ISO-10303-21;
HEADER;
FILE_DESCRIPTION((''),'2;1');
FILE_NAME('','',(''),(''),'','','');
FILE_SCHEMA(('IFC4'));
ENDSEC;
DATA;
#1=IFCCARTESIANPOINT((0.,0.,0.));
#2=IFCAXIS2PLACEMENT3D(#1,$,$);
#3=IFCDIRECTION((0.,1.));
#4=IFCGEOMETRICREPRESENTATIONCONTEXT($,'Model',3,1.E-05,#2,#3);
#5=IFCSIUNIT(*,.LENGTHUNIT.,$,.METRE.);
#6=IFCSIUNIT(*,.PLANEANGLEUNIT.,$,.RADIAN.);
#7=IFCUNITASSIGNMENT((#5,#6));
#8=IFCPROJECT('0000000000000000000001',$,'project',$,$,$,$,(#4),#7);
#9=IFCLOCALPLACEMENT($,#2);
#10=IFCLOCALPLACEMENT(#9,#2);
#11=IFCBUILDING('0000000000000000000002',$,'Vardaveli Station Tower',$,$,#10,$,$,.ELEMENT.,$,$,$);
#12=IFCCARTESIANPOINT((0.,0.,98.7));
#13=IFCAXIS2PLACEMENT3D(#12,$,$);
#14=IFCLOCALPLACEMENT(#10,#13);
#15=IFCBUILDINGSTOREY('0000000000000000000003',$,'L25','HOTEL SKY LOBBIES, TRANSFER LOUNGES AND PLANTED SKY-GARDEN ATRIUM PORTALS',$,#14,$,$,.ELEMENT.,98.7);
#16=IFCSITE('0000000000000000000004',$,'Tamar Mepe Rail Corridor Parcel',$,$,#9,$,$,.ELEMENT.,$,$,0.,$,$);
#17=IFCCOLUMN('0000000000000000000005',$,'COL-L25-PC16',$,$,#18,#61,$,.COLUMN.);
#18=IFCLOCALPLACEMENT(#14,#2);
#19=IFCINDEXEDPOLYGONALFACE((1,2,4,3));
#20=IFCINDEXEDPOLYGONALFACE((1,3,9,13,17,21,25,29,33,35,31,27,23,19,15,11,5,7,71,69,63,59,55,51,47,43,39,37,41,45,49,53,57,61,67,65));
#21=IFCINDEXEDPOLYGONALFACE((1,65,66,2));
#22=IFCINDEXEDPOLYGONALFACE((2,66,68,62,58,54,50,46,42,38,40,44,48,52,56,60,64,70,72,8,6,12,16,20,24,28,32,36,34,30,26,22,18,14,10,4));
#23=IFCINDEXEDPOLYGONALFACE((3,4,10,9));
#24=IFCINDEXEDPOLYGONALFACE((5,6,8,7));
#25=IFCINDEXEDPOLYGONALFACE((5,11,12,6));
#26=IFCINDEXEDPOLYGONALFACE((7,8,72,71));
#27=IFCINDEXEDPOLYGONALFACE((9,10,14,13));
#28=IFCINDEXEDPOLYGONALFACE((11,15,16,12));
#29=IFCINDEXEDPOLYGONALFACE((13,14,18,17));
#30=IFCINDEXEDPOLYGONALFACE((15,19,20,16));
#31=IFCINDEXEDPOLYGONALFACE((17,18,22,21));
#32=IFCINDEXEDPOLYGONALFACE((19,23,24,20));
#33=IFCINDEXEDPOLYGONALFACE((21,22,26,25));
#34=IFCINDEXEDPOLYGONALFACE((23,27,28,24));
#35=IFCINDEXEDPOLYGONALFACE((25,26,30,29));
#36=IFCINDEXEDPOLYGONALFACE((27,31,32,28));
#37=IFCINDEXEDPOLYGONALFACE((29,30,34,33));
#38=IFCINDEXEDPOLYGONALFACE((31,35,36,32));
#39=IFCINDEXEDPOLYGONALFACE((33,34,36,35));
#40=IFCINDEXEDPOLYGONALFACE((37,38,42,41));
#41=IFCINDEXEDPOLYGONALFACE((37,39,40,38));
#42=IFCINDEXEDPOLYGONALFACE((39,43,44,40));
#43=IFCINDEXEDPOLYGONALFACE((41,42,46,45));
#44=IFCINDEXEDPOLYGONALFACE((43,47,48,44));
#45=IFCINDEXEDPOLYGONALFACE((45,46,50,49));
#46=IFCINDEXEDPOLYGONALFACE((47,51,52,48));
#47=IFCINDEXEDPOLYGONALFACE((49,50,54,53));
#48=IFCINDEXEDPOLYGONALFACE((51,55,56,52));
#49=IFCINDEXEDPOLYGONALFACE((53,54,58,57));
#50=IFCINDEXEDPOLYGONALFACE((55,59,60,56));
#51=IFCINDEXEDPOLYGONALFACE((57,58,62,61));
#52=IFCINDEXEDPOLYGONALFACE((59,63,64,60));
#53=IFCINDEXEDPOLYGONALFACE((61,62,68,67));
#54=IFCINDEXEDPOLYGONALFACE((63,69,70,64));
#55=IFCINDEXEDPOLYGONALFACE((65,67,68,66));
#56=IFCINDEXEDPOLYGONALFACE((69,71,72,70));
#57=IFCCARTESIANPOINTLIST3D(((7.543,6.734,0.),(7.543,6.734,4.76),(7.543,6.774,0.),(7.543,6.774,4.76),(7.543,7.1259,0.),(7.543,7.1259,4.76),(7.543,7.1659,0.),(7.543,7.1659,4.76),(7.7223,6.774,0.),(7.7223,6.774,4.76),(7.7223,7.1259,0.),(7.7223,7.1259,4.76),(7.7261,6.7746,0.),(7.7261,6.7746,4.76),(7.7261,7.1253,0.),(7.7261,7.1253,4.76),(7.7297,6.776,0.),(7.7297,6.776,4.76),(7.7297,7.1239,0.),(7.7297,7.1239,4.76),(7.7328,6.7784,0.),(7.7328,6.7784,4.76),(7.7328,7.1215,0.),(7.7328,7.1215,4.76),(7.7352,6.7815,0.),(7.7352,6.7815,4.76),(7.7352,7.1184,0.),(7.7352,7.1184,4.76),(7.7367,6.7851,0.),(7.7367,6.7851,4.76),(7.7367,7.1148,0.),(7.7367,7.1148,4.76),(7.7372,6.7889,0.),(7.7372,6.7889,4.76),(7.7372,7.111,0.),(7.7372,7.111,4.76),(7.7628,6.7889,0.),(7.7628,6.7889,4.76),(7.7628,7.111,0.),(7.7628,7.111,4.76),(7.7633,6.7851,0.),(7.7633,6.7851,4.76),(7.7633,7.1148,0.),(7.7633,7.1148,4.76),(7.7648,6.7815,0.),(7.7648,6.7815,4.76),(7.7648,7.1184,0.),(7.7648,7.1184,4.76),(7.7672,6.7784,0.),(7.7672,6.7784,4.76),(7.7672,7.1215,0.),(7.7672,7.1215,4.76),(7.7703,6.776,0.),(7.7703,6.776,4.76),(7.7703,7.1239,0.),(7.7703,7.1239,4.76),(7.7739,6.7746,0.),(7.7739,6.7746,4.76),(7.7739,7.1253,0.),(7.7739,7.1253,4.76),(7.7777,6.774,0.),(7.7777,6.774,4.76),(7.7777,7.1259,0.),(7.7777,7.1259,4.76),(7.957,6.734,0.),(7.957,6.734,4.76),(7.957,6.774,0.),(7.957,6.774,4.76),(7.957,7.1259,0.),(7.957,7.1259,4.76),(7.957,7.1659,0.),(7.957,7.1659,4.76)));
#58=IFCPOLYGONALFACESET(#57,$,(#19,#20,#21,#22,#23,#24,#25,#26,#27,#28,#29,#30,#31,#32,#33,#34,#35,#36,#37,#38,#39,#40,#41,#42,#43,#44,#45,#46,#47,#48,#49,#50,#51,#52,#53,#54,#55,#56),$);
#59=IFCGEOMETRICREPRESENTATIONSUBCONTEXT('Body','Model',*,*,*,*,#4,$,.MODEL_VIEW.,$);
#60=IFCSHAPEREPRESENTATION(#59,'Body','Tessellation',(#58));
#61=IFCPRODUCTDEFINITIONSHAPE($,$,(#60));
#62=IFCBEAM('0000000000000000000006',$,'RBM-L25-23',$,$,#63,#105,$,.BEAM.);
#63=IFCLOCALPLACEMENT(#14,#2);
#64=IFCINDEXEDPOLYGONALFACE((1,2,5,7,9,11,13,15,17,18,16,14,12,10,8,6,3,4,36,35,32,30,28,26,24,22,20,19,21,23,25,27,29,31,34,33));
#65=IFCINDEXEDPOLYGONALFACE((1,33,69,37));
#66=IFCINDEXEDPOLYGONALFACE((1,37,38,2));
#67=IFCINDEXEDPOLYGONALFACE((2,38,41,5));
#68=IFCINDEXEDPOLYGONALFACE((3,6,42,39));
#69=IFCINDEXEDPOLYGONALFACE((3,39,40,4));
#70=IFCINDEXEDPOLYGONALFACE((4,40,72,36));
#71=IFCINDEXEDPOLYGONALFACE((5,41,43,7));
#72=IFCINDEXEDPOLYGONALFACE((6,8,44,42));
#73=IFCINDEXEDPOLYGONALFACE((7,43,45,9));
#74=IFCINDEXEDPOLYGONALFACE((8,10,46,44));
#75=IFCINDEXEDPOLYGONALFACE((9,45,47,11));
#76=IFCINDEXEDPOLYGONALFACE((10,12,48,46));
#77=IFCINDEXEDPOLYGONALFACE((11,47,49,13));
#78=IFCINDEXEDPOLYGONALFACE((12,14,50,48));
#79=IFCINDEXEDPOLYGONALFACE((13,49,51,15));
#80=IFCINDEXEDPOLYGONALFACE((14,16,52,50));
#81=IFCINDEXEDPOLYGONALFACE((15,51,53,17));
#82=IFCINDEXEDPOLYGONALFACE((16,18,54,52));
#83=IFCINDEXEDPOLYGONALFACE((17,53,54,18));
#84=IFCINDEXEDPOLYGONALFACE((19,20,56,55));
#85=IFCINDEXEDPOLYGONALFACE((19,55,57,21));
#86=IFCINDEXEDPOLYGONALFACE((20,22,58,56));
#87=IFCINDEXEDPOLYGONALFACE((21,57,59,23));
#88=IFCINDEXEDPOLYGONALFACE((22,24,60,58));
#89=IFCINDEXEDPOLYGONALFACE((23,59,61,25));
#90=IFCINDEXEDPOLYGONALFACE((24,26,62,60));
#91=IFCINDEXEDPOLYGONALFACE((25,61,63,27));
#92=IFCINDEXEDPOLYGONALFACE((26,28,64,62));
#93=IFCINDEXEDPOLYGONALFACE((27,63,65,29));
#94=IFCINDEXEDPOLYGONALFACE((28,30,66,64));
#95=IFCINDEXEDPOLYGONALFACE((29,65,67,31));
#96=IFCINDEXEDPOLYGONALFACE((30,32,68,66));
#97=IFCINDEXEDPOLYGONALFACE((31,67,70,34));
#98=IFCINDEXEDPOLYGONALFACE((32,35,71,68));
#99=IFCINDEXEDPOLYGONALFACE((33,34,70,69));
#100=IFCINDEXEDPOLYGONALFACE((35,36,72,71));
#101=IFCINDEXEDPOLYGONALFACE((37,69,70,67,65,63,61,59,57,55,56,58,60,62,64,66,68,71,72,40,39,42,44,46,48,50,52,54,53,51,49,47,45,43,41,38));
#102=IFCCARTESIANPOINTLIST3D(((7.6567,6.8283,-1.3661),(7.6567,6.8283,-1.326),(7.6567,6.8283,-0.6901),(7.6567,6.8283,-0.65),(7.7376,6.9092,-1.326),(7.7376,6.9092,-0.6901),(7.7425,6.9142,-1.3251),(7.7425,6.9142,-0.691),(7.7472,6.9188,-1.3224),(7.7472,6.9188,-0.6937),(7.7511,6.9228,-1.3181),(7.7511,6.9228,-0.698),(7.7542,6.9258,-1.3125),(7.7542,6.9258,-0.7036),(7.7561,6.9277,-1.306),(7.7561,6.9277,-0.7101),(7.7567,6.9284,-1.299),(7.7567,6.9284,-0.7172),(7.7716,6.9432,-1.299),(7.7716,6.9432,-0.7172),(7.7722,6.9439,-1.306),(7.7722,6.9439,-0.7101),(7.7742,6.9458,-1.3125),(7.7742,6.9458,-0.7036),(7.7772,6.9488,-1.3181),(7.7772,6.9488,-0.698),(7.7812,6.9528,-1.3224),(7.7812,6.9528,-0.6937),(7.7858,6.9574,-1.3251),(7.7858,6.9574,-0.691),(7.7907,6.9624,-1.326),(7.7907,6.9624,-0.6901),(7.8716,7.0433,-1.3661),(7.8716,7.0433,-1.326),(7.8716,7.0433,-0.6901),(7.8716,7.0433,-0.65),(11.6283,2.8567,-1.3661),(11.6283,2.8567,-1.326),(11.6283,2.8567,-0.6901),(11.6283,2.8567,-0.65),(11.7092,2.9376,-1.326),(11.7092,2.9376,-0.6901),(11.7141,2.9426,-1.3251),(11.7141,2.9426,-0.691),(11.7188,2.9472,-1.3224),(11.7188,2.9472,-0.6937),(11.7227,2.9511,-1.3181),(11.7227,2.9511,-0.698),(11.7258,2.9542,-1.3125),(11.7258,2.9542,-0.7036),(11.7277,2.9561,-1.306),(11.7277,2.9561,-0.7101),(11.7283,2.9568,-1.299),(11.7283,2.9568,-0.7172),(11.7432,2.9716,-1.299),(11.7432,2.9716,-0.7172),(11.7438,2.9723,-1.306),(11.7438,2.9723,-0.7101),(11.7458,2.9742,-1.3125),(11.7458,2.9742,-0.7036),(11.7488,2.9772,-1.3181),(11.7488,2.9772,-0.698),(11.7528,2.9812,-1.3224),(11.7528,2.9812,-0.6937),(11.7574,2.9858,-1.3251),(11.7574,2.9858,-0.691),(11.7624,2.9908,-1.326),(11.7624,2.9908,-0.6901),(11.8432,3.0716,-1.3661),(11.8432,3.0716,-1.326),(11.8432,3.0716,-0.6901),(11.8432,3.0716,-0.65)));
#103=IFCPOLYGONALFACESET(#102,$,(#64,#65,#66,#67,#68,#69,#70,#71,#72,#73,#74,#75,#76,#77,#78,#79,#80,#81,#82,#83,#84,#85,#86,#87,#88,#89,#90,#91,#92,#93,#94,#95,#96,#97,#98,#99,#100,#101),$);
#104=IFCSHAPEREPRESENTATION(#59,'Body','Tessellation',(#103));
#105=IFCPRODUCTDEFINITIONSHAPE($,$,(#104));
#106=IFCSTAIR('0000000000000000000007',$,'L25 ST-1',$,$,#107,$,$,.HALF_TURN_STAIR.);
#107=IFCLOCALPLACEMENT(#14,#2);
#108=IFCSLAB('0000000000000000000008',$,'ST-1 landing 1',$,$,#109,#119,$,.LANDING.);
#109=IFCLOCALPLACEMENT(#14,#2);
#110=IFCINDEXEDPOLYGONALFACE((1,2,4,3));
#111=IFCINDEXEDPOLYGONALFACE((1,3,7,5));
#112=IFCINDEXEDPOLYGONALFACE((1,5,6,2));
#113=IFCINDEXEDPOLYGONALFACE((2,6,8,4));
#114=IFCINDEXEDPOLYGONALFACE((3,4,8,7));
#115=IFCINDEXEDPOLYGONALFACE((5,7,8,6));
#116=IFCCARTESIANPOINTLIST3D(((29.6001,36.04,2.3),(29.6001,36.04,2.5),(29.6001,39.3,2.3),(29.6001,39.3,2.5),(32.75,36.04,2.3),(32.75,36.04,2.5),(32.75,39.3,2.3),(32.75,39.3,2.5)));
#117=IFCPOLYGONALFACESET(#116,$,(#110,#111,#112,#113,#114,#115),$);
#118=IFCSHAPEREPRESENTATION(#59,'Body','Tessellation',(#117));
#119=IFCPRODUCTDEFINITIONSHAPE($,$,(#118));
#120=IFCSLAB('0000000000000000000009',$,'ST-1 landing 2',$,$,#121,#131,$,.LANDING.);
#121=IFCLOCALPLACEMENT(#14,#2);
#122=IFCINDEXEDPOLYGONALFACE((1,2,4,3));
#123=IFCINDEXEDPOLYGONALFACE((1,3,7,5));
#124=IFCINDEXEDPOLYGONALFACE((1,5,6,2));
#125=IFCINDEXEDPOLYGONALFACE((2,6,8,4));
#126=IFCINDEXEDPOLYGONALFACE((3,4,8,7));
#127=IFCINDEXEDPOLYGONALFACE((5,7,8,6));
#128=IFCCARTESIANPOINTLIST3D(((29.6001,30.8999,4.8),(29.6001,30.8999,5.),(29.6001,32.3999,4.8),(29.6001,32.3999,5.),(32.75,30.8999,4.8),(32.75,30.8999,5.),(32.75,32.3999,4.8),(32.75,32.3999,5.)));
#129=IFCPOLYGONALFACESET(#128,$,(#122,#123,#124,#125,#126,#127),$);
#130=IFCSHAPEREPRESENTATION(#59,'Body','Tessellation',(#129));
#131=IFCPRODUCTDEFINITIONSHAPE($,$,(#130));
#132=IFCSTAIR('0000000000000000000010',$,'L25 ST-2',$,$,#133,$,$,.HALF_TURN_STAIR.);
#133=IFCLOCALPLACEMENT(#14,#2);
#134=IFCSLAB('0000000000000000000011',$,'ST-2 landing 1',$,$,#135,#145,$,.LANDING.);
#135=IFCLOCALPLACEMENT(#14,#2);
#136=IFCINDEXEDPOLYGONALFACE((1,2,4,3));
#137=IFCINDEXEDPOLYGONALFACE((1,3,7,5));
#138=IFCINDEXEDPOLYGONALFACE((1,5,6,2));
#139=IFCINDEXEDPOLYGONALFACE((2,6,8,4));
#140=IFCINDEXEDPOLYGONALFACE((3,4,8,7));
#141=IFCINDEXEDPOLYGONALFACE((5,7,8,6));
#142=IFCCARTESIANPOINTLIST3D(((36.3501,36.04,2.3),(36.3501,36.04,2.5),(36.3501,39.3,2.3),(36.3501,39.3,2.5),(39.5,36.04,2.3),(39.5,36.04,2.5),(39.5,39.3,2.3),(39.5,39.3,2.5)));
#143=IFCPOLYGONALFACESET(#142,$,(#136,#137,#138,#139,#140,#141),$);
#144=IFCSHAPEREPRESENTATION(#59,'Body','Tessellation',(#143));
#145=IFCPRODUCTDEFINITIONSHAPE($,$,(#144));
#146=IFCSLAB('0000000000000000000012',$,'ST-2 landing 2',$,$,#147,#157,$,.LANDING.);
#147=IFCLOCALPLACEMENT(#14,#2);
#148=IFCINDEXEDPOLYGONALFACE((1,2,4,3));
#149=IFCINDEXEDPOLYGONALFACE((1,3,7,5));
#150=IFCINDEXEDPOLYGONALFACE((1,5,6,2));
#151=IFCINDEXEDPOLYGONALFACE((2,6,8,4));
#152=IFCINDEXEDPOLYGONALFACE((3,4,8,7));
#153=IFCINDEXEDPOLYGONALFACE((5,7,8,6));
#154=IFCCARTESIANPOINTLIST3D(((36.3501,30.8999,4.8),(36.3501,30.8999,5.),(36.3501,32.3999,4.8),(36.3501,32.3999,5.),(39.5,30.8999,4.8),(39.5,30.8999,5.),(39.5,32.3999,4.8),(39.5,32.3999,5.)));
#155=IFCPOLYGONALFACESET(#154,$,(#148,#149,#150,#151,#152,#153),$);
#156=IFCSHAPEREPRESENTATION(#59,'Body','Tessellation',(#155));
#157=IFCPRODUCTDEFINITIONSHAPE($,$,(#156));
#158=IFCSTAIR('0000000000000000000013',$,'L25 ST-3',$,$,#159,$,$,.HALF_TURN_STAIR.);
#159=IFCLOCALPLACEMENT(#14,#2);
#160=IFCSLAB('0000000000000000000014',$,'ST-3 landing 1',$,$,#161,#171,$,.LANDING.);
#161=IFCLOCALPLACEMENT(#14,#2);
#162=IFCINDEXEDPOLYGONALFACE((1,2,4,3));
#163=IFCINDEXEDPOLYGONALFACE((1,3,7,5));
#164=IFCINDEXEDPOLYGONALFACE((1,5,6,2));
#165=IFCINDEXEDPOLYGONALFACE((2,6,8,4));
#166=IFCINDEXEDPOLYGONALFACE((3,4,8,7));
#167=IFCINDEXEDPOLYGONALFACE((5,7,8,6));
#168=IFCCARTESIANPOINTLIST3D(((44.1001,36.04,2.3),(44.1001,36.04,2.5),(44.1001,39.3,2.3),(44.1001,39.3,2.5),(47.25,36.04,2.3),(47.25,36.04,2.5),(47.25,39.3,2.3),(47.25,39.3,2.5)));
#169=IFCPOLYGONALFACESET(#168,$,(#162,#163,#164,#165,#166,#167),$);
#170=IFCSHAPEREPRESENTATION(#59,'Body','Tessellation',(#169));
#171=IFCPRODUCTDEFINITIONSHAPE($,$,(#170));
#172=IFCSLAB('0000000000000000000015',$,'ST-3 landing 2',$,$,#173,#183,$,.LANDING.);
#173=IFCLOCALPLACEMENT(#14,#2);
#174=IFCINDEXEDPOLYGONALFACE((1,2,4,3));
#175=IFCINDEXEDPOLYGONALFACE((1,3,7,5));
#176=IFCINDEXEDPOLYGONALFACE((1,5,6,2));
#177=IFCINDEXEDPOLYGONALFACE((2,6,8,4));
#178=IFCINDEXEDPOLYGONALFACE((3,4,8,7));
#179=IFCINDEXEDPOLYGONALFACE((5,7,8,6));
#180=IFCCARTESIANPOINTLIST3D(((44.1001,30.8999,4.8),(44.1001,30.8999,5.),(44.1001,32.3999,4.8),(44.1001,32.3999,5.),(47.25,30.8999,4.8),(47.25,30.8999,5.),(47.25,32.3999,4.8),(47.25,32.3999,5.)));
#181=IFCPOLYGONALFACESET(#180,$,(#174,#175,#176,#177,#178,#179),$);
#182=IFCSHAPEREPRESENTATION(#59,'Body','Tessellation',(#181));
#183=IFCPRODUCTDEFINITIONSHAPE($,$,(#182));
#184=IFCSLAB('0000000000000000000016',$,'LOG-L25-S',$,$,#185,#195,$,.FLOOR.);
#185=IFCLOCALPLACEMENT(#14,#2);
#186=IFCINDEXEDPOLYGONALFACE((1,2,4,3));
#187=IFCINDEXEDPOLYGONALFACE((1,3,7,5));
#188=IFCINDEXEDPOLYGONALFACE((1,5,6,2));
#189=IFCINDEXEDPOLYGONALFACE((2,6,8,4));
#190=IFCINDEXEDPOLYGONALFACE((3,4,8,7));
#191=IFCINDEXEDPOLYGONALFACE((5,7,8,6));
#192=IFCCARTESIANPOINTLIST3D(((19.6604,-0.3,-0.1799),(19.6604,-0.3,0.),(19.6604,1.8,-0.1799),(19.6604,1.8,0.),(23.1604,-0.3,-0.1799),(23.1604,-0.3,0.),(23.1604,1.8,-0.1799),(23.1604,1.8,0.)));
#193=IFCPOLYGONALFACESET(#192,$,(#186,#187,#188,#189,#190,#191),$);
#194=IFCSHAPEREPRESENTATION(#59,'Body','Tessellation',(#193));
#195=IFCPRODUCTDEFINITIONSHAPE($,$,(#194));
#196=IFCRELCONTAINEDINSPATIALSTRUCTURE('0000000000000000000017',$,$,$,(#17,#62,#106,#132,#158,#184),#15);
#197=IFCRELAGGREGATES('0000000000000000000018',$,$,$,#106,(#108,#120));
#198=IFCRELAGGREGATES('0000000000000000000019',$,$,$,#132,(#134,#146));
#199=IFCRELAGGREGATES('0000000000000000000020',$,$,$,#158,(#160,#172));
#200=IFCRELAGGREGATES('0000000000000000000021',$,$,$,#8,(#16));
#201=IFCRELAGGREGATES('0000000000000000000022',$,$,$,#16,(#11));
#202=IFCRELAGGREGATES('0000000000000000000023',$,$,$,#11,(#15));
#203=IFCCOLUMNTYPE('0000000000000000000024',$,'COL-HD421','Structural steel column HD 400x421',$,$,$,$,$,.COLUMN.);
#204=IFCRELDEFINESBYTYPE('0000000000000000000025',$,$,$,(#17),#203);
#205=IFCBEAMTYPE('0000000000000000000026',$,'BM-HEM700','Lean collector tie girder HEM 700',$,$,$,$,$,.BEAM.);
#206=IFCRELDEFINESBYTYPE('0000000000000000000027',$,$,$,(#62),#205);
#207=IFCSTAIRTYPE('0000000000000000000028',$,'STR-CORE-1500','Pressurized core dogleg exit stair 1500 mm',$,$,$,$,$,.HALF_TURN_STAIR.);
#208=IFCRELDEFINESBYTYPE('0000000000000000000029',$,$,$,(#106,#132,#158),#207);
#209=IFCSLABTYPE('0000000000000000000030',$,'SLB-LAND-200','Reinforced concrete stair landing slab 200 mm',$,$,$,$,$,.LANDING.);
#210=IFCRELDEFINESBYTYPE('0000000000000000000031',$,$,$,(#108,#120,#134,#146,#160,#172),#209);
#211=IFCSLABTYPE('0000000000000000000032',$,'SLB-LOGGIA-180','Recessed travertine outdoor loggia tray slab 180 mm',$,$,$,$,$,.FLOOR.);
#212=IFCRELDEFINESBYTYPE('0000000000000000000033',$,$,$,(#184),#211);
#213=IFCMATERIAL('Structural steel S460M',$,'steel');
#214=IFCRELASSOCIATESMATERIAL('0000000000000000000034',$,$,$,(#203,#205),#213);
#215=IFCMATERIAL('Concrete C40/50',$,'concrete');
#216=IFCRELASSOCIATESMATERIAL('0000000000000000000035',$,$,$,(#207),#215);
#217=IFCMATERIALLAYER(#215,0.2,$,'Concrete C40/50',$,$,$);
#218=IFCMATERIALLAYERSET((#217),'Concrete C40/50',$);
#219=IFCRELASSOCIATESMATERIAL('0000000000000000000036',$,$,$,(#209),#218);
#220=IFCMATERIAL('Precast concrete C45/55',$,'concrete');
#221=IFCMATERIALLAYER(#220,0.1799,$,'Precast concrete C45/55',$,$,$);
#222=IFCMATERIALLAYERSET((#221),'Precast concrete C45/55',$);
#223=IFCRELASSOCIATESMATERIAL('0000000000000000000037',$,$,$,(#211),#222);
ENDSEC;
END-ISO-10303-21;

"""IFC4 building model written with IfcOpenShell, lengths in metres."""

from ifc_helpers import new_model, si_unit, direction, frame, origin, origin_2d, place, context, subcontext, project, spatial, polyline, i_section, outline, extrude, source, transform, mapped, material, layer, layer_set, material_profile, profile_set, type_object, element, aggregate, save


model = new_model("IFC4")

# Units and contexts
model_context = context("Model", 3, precision=1e-05, world=origin(), true_north=direction((0.0, 1.0)))
body_context = subcontext(model_context, "Body", "Model", "MODEL_VIEW")
ifc_project = project(units=[si_unit("LENGTHUNIT", "METRE"), si_unit("PLANEANGLEUNIT", "RADIAN")], contexts=[model_context])

# Site, building, storey
site_placement = place(None, origin())
site = spatial("IfcSite", under=ifc_project, at=site_placement, Name="Tamar Mepe Rail Corridor Parcel", CompositionType="ELEMENT", RefElevation=0.0)
building_placement = place(site_placement, origin())
building = spatial("IfcBuilding", under=site, at=building_placement, Name="Vardaveli Station Tower", CompositionType="ELEMENT")
storey_placement = place(building_placement, frame((0.0, 0.0, 98.7)))
storey = spatial("IfcBuildingStorey", under=building, at=storey_placement, Name="L25", Description="HOTEL SKY LOBBIES, TRANSFER LOUNGES AND PLANTED SKY-GARDEN ATRIUM PORTALS", CompositionType="ELEMENT", Elevation=98.7)

# Column
ifc_material_1 = material(Name="Structural steel S460M", Category="steel")
ifc_material_profile_1 = material_profile(ifc_material_1, i_section(OverallWidth=0.4141, OverallDepth=0.4319, WebThickness=0.0256, FlangeThickness=0.04, FilletRadius=0.0149, at=origin_2d()), Name="HD 400x421")
ifc_profile_set_1 = profile_set([ifc_material_profile_1], Name="Structural steel S460M")
column_type = type_object("IfcColumnType", Name="COL-HD421", Description="Structural steel column HD 400x421", PredefinedType="COLUMN", material=ifc_profile_set_1)
shared_shape_1 = source(origin(), body_context, "Body", "SweptSolid", [
    extrude(i_section(OverallWidth=0.4141, OverallDepth=0.4319, WebThickness=0.0256, FlangeThickness=0.04, FilletRadius=0.0149, at=origin_2d()), origin(), (0.0, 0.0, 1.0), 4.76),
])
column_placement = place(storey_placement, frame((7.75, 6.95, 0.0), z_axis=(0.0, 0.0, 1.0), x_axis=(1.0, 0.0, 0.0)))
element("IfcColumn", 1, at=column_placement, inside=storey, type_object=column_type, Name="COL-L25-PC16", PredefinedType="COLUMN", context=body_context, shape_type="MappedRepresentation", body=[
    mapped(shared_shape_1, transform((0.0, 0.0, 0.0), scale=1.0)),
])

# Beam
ifc_material_profile_2 = material_profile(ifc_material_1, i_section(OverallWidth=0.304, OverallDepth=0.7161, WebThickness=0.021, FlangeThickness=0.04, FilletRadius=0.0271, at=origin_2d()), Name="HEM 700")
ifc_profile_set_2 = profile_set([ifc_material_profile_2], Name="Structural steel S460M")
beam_type = type_object("IfcBeamType", Name="BM-HEM700", Description="Lean collector tie girder HEM 700", PredefinedType="BEAM", material=ifc_profile_set_2)
shared_shape_2 = source(origin(), body_context, "Body", "SweptSolid", [
    extrude(i_section(OverallWidth=0.304, OverallDepth=0.7161, WebThickness=0.021, FlangeThickness=0.04, FilletRadius=0.0271, at=origin_2d()), origin(), (0.0, 0.0, 1.0), 5.6167),
])
beam_placement = place(storey_placement, frame((7.7642, 6.9358, -1.0081), z_axis=(0.707107, -0.707107, 0.0), x_axis=(0.707107, 0.707107, 0.0)))
element("IfcBeam", 2, at=beam_placement, inside=storey, type_object=beam_type, Name="RBM-L25-23", PredefinedType="BEAM", context=body_context, shape_type="MappedRepresentation", body=[
    mapped(shared_shape_2, transform((0.0, 0.0, 0.0), scale=1.0)),
])

# Stairs, slabs
ifc_material_2 = material(Name="Concrete C40/50", Category="concrete")
stair_type = type_object("IfcStairType", Name="STR-CORE-1500", Description="Pressurized core dogleg exit stair 1500 mm", PredefinedType="HALF_TURN_STAIR", material=ifc_material_2)
stair_1_placement = place(storey_placement, origin())
stair_1 = element("IfcStair", 3, at=stair_1_placement, inside=storey, type_object=stair_type, Name="L25 ST-1", PredefinedType="HALF_TURN_STAIR")
ifc_layer_1 = layer(ifc_material_2, 0.2, Name="Concrete C40/50")
ifc_layer_set_1 = layer_set([ifc_layer_1], Name="Concrete C40/50")
slab_type_1 = type_object("IfcSlabType", Name="SLB-LAND-200", Description="Reinforced concrete stair landing slab 200 mm", PredefinedType="LANDING", material=ifc_layer_set_1)
slab_1_placement = place(storey_placement, frame((0.0, 0.0, 2.3)))
slab_1 = element("IfcSlab", 4, at=slab_1_placement, type_object=slab_type_1, Name="ST-1 landing 1", PredefinedType="LANDING", context=body_context, shape_type="SweptSolid", body=[
    extrude(outline(polyline([(32.75, 36.04), (32.75, 39.3), (29.6001, 39.3), (29.6001, 36.04), (32.75, 36.04)])), origin(), (0.0, 0.0, 1.0), 0.2),
])
slab_2_placement = place(storey_placement, frame((0.0, 0.0, 4.8)))
slab_2 = element("IfcSlab", 5, at=slab_2_placement, type_object=slab_type_1, Name="ST-1 landing 2", PredefinedType="LANDING", context=body_context, shape_type="SweptSolid", body=[
    extrude(outline(polyline([(32.75, 30.8999), (32.75, 32.3999), (29.6001, 32.3999), (29.6001, 30.8999), (32.75, 30.8999)])), origin(), (0.0, 0.0, 1.0), 0.2),
])
aggregate(stair_1, [slab_1, slab_2])
stair_2_placement = place(storey_placement, origin())
stair_2 = element("IfcStair", 6, at=stair_2_placement, inside=storey, type_object=stair_type, Name="L25 ST-2", PredefinedType="HALF_TURN_STAIR")
slab_3_placement = place(storey_placement, frame((0.0, 0.0, 2.3)))
slab_3 = element("IfcSlab", 7, at=slab_3_placement, type_object=slab_type_1, Name="ST-2 landing 1", PredefinedType="LANDING", context=body_context, shape_type="SweptSolid", body=[
    extrude(outline(polyline([(39.5, 36.04), (39.5, 39.3), (36.3501, 39.3), (36.3501, 36.04), (39.5, 36.04)])), origin(), (0.0, 0.0, 1.0), 0.2),
])
slab_4_placement = place(storey_placement, frame((0.0, 0.0, 4.8)))
slab_4 = element("IfcSlab", 8, at=slab_4_placement, type_object=slab_type_1, Name="ST-2 landing 2", PredefinedType="LANDING", context=body_context, shape_type="SweptSolid", body=[
    extrude(outline(polyline([(39.5, 30.8999), (39.5, 32.3999), (36.3501, 32.3999), (36.3501, 30.8999), (39.5, 30.8999)])), origin(), (0.0, 0.0, 1.0), 0.2),
])
aggregate(stair_2, [slab_3, slab_4])
stair_3_placement = place(storey_placement, origin())
stair_3 = element("IfcStair", 9, at=stair_3_placement, inside=storey, type_object=stair_type, Name="L25 ST-3", PredefinedType="HALF_TURN_STAIR")
slab_5_placement = place(storey_placement, frame((0.0, 0.0, 2.3)))
slab_5 = element("IfcSlab", 10, at=slab_5_placement, type_object=slab_type_1, Name="ST-3 landing 1", PredefinedType="LANDING", context=body_context, shape_type="SweptSolid", body=[
    extrude(outline(polyline([(47.25, 36.04), (47.25, 39.3), (44.1001, 39.3), (44.1001, 36.04), (47.25, 36.04)])), origin(), (0.0, 0.0, 1.0), 0.2),
])
slab_6_placement = place(storey_placement, frame((0.0, 0.0, 4.8)))
slab_6 = element("IfcSlab", 11, at=slab_6_placement, type_object=slab_type_1, Name="ST-3 landing 2", PredefinedType="LANDING", context=body_context, shape_type="SweptSolid", body=[
    extrude(outline(polyline([(47.25, 30.8999), (47.25, 32.3999), (44.1001, 32.3999), (44.1001, 30.8999), (47.25, 30.8999)])), origin(), (0.0, 0.0, 1.0), 0.2),
])
aggregate(stair_3, [slab_5, slab_6])

# Slab
ifc_material_3 = material(Name="Precast concrete C45/55", Category="concrete")
ifc_layer_2 = layer(ifc_material_3, 0.1799, Name="Precast concrete C45/55")
ifc_layer_set_2 = layer_set([ifc_layer_2], Name="Precast concrete C45/55")
slab_type_2 = type_object("IfcSlabType", Name="SLB-LOGGIA-180", Description="Recessed travertine outdoor loggia tray slab 180 mm", PredefinedType="FLOOR", material=ifc_layer_set_2)
slab_7_placement = place(storey_placement, frame((0.0, 0.0, -0.1799)))
element("IfcSlab", 12, at=slab_7_placement, inside=storey, type_object=slab_type_2, Name="LOG-L25-S", PredefinedType="FLOOR", context=body_context, shape_type="SweptSolid", body=[
    extrude(outline(polyline([(19.6604, -0.3), (23.1604, -0.3), (23.1604, 1.8), (19.6604, 1.8), (19.6604, -0.3)])), origin(), (0.0, 0.0, 1.0), 0.1799),
])

save(model, "model.ifc")
